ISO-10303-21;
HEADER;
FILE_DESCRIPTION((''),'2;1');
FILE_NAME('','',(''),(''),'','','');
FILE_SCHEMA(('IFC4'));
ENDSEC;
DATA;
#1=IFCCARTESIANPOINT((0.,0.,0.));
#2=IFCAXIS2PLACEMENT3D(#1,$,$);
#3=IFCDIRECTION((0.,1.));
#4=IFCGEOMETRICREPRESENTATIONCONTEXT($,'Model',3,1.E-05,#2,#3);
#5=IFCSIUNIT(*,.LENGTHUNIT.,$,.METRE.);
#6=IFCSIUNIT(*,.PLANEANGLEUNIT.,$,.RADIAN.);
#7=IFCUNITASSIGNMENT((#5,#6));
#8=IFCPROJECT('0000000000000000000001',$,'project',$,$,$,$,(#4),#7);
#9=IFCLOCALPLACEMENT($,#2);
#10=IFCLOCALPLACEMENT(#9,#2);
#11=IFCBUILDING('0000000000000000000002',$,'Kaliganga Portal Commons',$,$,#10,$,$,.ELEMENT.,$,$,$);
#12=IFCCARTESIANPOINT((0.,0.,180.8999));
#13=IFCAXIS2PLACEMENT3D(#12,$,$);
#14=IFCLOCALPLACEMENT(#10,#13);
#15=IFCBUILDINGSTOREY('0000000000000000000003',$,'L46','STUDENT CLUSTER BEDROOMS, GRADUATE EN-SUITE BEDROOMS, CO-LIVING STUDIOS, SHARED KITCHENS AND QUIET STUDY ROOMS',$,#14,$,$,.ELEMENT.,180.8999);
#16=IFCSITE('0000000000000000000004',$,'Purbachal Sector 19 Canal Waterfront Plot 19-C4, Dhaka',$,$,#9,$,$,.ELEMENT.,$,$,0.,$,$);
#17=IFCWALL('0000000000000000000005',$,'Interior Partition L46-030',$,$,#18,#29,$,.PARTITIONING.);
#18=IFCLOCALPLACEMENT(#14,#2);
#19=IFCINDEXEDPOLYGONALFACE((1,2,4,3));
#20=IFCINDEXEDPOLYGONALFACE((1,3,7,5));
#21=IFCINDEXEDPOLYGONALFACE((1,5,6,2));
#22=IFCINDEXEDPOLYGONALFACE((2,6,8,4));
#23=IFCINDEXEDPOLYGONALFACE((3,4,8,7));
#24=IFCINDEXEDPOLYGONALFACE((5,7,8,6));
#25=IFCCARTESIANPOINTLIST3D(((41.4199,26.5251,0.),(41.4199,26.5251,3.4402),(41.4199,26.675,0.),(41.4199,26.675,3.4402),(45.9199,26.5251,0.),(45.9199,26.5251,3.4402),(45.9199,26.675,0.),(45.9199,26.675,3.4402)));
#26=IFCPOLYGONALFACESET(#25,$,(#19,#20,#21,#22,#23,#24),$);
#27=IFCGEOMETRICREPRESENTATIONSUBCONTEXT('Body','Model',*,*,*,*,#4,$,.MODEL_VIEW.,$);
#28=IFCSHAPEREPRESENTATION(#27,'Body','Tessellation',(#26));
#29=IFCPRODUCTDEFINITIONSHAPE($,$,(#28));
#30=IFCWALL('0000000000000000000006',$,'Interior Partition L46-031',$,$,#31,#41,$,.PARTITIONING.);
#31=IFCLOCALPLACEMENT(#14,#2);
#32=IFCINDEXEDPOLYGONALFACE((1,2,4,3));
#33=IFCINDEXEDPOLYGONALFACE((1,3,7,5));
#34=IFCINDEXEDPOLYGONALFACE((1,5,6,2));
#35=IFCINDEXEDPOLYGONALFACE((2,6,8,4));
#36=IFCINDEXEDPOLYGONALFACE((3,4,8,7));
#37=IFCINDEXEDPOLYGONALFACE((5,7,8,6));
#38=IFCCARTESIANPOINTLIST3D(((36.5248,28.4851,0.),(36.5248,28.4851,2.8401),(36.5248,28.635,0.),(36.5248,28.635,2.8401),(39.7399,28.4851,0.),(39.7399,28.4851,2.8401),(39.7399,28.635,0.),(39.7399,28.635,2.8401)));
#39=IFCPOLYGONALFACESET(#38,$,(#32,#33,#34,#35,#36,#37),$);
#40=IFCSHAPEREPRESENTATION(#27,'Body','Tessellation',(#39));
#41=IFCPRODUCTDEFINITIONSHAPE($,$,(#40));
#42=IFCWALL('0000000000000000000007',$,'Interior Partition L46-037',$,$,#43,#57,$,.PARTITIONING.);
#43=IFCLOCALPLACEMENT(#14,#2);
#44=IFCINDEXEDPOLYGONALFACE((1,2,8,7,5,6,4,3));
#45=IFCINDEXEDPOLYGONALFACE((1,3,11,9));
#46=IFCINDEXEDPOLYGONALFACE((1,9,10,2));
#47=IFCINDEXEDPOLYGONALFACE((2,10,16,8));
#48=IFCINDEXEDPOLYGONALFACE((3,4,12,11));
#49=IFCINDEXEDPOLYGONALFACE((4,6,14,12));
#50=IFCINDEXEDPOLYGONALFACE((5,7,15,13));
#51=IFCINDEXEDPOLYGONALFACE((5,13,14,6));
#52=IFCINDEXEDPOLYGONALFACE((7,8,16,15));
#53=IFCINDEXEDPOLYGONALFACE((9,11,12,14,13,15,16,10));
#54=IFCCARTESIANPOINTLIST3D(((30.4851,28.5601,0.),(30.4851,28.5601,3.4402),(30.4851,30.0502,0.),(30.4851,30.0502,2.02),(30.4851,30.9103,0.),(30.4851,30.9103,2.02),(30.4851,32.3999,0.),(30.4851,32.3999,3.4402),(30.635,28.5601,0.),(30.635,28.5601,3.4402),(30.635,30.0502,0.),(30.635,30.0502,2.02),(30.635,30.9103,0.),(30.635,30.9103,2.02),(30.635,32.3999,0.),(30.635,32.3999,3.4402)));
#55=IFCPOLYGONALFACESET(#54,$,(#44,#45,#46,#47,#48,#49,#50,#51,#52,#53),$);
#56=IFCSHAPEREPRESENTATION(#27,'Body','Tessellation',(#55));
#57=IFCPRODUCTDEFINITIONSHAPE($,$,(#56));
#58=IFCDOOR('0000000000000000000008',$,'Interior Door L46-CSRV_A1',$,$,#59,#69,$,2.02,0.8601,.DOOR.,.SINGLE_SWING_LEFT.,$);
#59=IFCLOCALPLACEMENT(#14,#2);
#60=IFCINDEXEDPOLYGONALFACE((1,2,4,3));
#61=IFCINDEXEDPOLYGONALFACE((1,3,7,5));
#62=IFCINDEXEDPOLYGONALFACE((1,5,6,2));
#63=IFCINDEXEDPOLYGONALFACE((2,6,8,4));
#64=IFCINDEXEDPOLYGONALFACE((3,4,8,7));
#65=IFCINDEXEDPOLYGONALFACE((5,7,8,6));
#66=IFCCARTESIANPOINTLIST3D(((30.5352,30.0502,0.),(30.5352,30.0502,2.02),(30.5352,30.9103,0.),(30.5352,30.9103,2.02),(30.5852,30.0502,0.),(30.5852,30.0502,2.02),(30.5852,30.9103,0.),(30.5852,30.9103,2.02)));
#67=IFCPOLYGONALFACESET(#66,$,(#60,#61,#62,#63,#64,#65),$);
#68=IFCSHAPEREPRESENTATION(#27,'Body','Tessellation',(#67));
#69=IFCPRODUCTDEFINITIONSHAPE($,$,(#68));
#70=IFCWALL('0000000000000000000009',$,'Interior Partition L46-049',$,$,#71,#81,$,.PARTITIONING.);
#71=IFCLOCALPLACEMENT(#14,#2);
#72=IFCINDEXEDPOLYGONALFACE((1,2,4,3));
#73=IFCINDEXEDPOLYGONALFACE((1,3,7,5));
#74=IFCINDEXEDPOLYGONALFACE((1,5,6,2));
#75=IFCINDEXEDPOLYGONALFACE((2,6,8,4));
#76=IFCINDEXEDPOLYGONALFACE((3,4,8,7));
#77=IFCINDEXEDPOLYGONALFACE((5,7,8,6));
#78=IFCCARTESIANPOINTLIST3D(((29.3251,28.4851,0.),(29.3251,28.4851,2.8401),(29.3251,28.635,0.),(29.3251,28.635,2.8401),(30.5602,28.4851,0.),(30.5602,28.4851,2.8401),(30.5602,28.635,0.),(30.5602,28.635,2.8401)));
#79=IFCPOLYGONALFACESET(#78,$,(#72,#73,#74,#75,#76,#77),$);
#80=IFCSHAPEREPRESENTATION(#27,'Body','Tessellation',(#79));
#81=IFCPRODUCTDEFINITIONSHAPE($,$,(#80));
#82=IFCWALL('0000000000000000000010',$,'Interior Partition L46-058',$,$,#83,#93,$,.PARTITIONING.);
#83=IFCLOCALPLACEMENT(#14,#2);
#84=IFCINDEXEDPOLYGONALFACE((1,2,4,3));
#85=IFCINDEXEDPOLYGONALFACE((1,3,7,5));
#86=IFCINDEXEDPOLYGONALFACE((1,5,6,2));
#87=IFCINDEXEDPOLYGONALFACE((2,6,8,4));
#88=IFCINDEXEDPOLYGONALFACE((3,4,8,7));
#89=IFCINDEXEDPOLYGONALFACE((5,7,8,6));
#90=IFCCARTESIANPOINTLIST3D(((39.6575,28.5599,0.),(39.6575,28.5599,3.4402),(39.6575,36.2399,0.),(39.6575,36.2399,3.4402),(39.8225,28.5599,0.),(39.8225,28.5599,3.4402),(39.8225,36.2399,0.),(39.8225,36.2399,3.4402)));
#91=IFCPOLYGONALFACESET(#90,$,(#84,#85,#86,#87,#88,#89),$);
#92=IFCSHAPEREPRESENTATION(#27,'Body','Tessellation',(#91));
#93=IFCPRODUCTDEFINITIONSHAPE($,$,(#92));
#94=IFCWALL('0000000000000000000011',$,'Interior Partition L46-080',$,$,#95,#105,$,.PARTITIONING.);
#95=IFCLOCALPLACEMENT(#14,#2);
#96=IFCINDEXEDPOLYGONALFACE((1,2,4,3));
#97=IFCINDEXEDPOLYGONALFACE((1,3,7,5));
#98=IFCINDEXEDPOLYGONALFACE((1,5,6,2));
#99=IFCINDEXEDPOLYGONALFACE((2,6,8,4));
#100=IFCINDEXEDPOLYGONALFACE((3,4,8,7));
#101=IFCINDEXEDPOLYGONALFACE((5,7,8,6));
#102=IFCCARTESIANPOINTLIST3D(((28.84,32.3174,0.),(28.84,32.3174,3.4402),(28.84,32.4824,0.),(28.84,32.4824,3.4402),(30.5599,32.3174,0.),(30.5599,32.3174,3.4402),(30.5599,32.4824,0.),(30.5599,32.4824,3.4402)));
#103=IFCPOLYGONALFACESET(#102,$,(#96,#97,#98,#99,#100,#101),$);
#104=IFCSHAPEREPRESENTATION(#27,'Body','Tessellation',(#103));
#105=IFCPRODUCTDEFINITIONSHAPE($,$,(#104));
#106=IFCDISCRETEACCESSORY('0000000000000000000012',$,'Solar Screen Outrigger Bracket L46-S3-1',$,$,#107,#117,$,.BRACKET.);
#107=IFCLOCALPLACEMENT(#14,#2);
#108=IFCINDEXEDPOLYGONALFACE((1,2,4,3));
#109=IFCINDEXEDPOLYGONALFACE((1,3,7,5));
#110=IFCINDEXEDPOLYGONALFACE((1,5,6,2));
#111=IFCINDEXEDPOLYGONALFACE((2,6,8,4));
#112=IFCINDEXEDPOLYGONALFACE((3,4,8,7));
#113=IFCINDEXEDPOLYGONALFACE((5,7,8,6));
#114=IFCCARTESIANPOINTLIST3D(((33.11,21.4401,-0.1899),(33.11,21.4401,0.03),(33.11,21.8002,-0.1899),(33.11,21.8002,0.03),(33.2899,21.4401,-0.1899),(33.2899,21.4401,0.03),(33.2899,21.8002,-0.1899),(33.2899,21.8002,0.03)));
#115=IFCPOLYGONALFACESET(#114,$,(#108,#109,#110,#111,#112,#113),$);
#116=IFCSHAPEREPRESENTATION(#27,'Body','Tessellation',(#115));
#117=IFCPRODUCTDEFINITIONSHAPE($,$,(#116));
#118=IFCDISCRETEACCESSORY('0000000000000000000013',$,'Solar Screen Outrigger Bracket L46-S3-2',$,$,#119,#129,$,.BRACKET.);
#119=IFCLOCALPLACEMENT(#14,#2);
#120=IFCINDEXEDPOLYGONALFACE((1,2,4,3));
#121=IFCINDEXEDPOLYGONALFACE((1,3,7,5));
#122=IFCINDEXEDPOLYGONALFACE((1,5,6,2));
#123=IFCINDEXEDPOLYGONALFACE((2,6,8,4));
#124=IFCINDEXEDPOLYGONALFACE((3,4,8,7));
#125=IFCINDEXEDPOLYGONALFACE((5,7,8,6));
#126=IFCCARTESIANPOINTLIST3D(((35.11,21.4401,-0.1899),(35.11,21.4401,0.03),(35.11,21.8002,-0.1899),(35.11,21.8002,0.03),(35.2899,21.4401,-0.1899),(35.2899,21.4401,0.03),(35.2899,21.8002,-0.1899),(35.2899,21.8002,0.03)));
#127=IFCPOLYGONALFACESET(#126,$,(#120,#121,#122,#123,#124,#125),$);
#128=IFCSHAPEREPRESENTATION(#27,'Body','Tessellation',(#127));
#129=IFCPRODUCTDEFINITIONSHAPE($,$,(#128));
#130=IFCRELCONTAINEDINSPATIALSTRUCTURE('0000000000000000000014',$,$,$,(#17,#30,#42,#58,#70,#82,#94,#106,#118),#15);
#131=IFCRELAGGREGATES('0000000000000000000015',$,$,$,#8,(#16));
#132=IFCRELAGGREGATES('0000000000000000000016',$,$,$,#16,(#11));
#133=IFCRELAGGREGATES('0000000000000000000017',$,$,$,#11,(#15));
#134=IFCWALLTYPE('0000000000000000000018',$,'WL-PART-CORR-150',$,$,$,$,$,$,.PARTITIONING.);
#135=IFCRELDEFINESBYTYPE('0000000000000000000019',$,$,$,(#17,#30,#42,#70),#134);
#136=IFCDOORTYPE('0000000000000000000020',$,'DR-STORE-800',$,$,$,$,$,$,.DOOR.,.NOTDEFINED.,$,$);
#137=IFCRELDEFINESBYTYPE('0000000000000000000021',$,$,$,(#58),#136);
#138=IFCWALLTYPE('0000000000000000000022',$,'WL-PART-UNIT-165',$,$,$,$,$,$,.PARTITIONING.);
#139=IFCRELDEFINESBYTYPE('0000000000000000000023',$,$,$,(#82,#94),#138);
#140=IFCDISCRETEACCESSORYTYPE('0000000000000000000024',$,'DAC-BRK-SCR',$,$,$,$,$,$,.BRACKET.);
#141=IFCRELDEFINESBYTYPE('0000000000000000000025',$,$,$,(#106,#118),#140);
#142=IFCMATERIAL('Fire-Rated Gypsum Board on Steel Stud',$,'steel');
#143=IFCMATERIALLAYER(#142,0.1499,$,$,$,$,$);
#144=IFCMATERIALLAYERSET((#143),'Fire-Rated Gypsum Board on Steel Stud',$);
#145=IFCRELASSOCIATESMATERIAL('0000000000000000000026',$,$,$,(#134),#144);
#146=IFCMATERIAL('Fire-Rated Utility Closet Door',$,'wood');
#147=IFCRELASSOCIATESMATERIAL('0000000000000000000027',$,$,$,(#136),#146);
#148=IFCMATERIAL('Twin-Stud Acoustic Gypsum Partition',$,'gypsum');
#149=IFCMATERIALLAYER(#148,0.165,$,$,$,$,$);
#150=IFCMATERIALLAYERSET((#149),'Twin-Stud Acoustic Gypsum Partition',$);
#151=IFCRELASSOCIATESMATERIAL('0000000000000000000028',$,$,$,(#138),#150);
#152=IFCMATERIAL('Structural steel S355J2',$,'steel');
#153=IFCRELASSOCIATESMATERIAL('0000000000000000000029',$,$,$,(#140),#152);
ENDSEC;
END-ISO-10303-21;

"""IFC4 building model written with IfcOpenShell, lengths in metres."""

from ifc_helpers import new_model, si_unit, direction, frame, frame_2d, origin, origin_2d, place, context, subcontext, project, spatial, rectangle, extrude, source, transform, mapped, material, layer, layer_set, type_object, element, fill, save


model = new_model("IFC4")

# Units and contexts
model_context = context("Model", 3, precision=1e-05, world=origin(), true_north=direction((0.0, 1.0)))
body_context = subcontext(model_context, "Body", "Model", "MODEL_VIEW")
ifc_project = project(units=[si_unit("LENGTHUNIT", "METRE"), si_unit("PLANEANGLEUNIT", "RADIAN")], contexts=[model_context])

# Site, building, storey
site_placement = place(None, origin())
site = spatial("IfcSite", under=ifc_project, at=site_placement, Name="Purbachal Sector 19 Canal Waterfront Plot 19-C4, Dhaka", CompositionType="ELEMENT", RefElevation=0.0)
building_placement = place(site_placement, origin())
building = spatial("IfcBuilding", under=site, at=building_placement, Name="Kaliganga Portal Commons", CompositionType="ELEMENT")
storey_placement = place(building_placement, frame((0.0, 0.0, 180.8999)))
storey = spatial("IfcBuildingStorey", under=building, at=storey_placement, Name="L46", Description="STUDENT CLUSTER BEDROOMS, GRADUATE EN-SUITE BEDROOMS, CO-LIVING STUDIOS, SHARED KITCHENS AND QUIET STUDY ROOMS", CompositionType="ELEMENT", Elevation=180.8999)

# Shared definitions
ifc_material_1 = material(Name="Structural steel S355J2", Category="steel")

# Shared definitions
ifc_material_2 = material(Name="Fire-Rated Gypsum Board on Steel Stud", Category="steel")
ifc_layer_1 = layer(ifc_material_2, 0.1499)
ifc_layer_set_1 = layer_set([ifc_layer_1], Name="Fire-Rated Gypsum Board on Steel Stud")
wall_type_1 = type_object("IfcWallType", Name="WL-PART-CORR-150", PredefinedType="PARTITIONING", material=ifc_layer_set_1)

# Walls
wall_1_placement = place(storey_placement, frame((41.4199, 26.6001, 0.0), z_axis=(0.0, 0.0, 1.0), x_axis=(1.0, 0.0, 0.0)))
element("IfcWall", 1, at=wall_1_placement, inside=storey, type_object=wall_type_1, Name="Interior Partition L46-030", PredefinedType="PARTITIONING", context=body_context, shape_type="SweptSolid", body=[
    extrude(rectangle(XDim=4.5, YDim=0.1499, at=frame_2d((2.25, 0.0))), origin(), (0.0, 0.0, 1.0), 3.4402),
])
wall_2_placement = place(storey_placement, frame((36.5249, 28.5601, 0.0), z_axis=(0.0, 0.0, 1.0), x_axis=(1.0, 0.0, 0.0)))
element("IfcWall", 2, at=wall_2_placement, inside=storey, type_object=wall_type_1, Name="Interior Partition L46-031", PredefinedType="PARTITIONING", context=body_context, shape_type="SweptSolid", body=[
    extrude(rectangle(XDim=3.2151, YDim=0.1499, at=frame_2d((1.6074, 0.0))), origin(), (0.0, 0.0, 1.0), 2.8401),
])

# Wall, opening, door
wall_3_placement = place(storey_placement, frame((30.5601, 28.5601, 0.0), z_axis=(0.0, 0.0, 1.0), x_axis=(0.0, 1.0, 0.0)))
wall_3 = element("IfcWall", 3, at=wall_3_placement, inside=storey, type_object=wall_type_1, Name="Interior Partition L46-037", PredefinedType="PARTITIONING", context=body_context, shape_type="SweptSolid", body=[
    extrude(rectangle(XDim=3.8398, YDim=0.1499, at=frame_2d((1.9199, 0.0))), origin(), (0.0, 0.0, 1.0), 3.4402),
])
opening_1_placement = place(wall_3_placement, frame((1.49, 0.0, 0.0)))
opening_1 = element("IfcOpeningElement", 4, at=opening_1_placement, cuts=wall_3, PredefinedType="OPENING", context=body_context, shape_type="SweptSolid", body=[
    extrude(rectangle(XDim=0.8601, YDim=2.02, at=frame_2d((0.4302, 1.01))), frame((0.0, 0.085, 0.0), z_axis=(0.0, -1.0, 0.0), x_axis=(1.0, 0.0, 0.0)), (0.0, 0.0, 1.0), 0.1699),
])
ifc_material_3 = material(Name="Fire-Rated Utility Closet Door", Category="wood")
door_type_1 = type_object("IfcDoorType", Name="DR-STORE-800", OperationType="NOTDEFINED", PredefinedType="DOOR", material=ifc_material_3)
door_1_placement = place(opening_1_placement, origin())
door_1 = element("IfcDoor", 5, at=door_1_placement, inside=storey, type_object=door_type_1, Name="Interior Door L46-CSRV_A1", OperationType="SINGLE_SWING_LEFT", OverallHeight=2.02, OverallWidth=0.8601, PredefinedType="DOOR", context=body_context, shape_type="SweptSolid", body=[
    extrude(rectangle(XDim=0.8601, YDim=2.02, at=frame_2d((0.4302, 1.01))), frame((0.0, 0.0249, 0.0), z_axis=(0.0, -1.0, 0.0), x_axis=(1.0, 0.0, 0.0)), (0.0, 0.0, 1.0), 0.05),
])
fill(opening_1, door_1)

# Walls
wall_4_placement = place(storey_placement, frame((29.325, 28.5601, 0.0), z_axis=(0.0, 0.0, 1.0), x_axis=(1.0, 0.0, 0.0)))
element("IfcWall", 6, at=wall_4_placement, inside=storey, type_object=wall_type_1, Name="Interior Partition L46-049", PredefinedType="PARTITIONING", context=body_context, shape_type="SweptSolid", body=[
    extrude(rectangle(XDim=1.2351, YDim=0.1499, at=frame_2d((0.6177, 0.0))), origin(), (0.0, 0.0, 1.0), 2.8401),
])
ifc_material_4 = material(Name="Twin-Stud Acoustic Gypsum Partition", Category="gypsum")
ifc_layer_2 = layer(ifc_material_4, 0.165)
ifc_layer_set_2 = layer_set([ifc_layer_2], Name="Twin-Stud Acoustic Gypsum Partition")
wall_type_2 = type_object("IfcWallType", Name="WL-PART-UNIT-165", PredefinedType="PARTITIONING", material=ifc_layer_set_2)
wall_5_placement = place(storey_placement, frame((39.74, 28.5601, 0.0), z_axis=(0.0, 0.0, 1.0), x_axis=(0.0, 1.0, 0.0)))
element("IfcWall", 7, at=wall_5_placement, inside=storey, type_object=wall_type_2, Name="Interior Partition L46-058", PredefinedType="PARTITIONING", context=body_context, shape_type="SweptSolid", body=[
    extrude(rectangle(XDim=7.6799, YDim=0.165, at=frame_2d((3.8398, 0.0))), origin(), (0.0, 0.0, 1.0), 3.4402),
])
wall_6_placement = place(storey_placement, frame((28.8401, 32.3999, 0.0), z_axis=(0.0, 0.0, 1.0), x_axis=(1.0, 0.0, 0.0)))
element("IfcWall", 8, at=wall_6_placement, inside=storey, type_object=wall_type_2, Name="Interior Partition L46-080", PredefinedType="PARTITIONING", context=body_context, shape_type="SweptSolid", body=[
    extrude(rectangle(XDim=1.72, YDim=0.165, at=frame_2d((0.8599, 0.0))), origin(), (0.0, 0.0, 1.0), 3.4402),
])

# Discrete accessories
discrete_accessory_type = type_object("IfcDiscreteAccessoryType", Name="DAC-BRK-SCR", PredefinedType="BRACKET", material=ifc_material_1)
shared_shape_1 = source(origin(), body_context, "Body", "SweptSolid", [
    extrude(rectangle(XDim=0.1799, YDim=0.3601, at=origin_2d()), origin(), (0.0, 0.0, 1.0), 0.22),
])
for number, where, z_axis, x_axis, name in (
    (9, (33.2, 21.6201, -0.1899), (0.0, 0.0, 1.0), (1.0, 0.0, 0.0), "Solar Screen Outrigger Bracket L46-S3-1"),
    (10, (35.2, 21.6201, -0.1899), (0.0, 0.0, 1.0), (1.0, 0.0, 0.0), "Solar Screen Outrigger Bracket L46-S3-2"),
):
    element("IfcDiscreteAccessory", number, at=place(storey_placement, frame(where, z_axis=z_axis, x_axis=x_axis)), inside=storey, type_object=discrete_accessory_type, Name=name, PredefinedType="BRACKET", context=body_context, shape_type="MappedRepresentation", body=[
        mapped(shared_shape_1, transform((0.0, 0.0, 0.0), x_axis=(1.0, 0.0, 0.0), y_axis=(0.0, 1.0, 0.0), z_axis=(0.0, 0.0, 1.0), scale=1.0)),
    ])

save(model, "model.ifc")
